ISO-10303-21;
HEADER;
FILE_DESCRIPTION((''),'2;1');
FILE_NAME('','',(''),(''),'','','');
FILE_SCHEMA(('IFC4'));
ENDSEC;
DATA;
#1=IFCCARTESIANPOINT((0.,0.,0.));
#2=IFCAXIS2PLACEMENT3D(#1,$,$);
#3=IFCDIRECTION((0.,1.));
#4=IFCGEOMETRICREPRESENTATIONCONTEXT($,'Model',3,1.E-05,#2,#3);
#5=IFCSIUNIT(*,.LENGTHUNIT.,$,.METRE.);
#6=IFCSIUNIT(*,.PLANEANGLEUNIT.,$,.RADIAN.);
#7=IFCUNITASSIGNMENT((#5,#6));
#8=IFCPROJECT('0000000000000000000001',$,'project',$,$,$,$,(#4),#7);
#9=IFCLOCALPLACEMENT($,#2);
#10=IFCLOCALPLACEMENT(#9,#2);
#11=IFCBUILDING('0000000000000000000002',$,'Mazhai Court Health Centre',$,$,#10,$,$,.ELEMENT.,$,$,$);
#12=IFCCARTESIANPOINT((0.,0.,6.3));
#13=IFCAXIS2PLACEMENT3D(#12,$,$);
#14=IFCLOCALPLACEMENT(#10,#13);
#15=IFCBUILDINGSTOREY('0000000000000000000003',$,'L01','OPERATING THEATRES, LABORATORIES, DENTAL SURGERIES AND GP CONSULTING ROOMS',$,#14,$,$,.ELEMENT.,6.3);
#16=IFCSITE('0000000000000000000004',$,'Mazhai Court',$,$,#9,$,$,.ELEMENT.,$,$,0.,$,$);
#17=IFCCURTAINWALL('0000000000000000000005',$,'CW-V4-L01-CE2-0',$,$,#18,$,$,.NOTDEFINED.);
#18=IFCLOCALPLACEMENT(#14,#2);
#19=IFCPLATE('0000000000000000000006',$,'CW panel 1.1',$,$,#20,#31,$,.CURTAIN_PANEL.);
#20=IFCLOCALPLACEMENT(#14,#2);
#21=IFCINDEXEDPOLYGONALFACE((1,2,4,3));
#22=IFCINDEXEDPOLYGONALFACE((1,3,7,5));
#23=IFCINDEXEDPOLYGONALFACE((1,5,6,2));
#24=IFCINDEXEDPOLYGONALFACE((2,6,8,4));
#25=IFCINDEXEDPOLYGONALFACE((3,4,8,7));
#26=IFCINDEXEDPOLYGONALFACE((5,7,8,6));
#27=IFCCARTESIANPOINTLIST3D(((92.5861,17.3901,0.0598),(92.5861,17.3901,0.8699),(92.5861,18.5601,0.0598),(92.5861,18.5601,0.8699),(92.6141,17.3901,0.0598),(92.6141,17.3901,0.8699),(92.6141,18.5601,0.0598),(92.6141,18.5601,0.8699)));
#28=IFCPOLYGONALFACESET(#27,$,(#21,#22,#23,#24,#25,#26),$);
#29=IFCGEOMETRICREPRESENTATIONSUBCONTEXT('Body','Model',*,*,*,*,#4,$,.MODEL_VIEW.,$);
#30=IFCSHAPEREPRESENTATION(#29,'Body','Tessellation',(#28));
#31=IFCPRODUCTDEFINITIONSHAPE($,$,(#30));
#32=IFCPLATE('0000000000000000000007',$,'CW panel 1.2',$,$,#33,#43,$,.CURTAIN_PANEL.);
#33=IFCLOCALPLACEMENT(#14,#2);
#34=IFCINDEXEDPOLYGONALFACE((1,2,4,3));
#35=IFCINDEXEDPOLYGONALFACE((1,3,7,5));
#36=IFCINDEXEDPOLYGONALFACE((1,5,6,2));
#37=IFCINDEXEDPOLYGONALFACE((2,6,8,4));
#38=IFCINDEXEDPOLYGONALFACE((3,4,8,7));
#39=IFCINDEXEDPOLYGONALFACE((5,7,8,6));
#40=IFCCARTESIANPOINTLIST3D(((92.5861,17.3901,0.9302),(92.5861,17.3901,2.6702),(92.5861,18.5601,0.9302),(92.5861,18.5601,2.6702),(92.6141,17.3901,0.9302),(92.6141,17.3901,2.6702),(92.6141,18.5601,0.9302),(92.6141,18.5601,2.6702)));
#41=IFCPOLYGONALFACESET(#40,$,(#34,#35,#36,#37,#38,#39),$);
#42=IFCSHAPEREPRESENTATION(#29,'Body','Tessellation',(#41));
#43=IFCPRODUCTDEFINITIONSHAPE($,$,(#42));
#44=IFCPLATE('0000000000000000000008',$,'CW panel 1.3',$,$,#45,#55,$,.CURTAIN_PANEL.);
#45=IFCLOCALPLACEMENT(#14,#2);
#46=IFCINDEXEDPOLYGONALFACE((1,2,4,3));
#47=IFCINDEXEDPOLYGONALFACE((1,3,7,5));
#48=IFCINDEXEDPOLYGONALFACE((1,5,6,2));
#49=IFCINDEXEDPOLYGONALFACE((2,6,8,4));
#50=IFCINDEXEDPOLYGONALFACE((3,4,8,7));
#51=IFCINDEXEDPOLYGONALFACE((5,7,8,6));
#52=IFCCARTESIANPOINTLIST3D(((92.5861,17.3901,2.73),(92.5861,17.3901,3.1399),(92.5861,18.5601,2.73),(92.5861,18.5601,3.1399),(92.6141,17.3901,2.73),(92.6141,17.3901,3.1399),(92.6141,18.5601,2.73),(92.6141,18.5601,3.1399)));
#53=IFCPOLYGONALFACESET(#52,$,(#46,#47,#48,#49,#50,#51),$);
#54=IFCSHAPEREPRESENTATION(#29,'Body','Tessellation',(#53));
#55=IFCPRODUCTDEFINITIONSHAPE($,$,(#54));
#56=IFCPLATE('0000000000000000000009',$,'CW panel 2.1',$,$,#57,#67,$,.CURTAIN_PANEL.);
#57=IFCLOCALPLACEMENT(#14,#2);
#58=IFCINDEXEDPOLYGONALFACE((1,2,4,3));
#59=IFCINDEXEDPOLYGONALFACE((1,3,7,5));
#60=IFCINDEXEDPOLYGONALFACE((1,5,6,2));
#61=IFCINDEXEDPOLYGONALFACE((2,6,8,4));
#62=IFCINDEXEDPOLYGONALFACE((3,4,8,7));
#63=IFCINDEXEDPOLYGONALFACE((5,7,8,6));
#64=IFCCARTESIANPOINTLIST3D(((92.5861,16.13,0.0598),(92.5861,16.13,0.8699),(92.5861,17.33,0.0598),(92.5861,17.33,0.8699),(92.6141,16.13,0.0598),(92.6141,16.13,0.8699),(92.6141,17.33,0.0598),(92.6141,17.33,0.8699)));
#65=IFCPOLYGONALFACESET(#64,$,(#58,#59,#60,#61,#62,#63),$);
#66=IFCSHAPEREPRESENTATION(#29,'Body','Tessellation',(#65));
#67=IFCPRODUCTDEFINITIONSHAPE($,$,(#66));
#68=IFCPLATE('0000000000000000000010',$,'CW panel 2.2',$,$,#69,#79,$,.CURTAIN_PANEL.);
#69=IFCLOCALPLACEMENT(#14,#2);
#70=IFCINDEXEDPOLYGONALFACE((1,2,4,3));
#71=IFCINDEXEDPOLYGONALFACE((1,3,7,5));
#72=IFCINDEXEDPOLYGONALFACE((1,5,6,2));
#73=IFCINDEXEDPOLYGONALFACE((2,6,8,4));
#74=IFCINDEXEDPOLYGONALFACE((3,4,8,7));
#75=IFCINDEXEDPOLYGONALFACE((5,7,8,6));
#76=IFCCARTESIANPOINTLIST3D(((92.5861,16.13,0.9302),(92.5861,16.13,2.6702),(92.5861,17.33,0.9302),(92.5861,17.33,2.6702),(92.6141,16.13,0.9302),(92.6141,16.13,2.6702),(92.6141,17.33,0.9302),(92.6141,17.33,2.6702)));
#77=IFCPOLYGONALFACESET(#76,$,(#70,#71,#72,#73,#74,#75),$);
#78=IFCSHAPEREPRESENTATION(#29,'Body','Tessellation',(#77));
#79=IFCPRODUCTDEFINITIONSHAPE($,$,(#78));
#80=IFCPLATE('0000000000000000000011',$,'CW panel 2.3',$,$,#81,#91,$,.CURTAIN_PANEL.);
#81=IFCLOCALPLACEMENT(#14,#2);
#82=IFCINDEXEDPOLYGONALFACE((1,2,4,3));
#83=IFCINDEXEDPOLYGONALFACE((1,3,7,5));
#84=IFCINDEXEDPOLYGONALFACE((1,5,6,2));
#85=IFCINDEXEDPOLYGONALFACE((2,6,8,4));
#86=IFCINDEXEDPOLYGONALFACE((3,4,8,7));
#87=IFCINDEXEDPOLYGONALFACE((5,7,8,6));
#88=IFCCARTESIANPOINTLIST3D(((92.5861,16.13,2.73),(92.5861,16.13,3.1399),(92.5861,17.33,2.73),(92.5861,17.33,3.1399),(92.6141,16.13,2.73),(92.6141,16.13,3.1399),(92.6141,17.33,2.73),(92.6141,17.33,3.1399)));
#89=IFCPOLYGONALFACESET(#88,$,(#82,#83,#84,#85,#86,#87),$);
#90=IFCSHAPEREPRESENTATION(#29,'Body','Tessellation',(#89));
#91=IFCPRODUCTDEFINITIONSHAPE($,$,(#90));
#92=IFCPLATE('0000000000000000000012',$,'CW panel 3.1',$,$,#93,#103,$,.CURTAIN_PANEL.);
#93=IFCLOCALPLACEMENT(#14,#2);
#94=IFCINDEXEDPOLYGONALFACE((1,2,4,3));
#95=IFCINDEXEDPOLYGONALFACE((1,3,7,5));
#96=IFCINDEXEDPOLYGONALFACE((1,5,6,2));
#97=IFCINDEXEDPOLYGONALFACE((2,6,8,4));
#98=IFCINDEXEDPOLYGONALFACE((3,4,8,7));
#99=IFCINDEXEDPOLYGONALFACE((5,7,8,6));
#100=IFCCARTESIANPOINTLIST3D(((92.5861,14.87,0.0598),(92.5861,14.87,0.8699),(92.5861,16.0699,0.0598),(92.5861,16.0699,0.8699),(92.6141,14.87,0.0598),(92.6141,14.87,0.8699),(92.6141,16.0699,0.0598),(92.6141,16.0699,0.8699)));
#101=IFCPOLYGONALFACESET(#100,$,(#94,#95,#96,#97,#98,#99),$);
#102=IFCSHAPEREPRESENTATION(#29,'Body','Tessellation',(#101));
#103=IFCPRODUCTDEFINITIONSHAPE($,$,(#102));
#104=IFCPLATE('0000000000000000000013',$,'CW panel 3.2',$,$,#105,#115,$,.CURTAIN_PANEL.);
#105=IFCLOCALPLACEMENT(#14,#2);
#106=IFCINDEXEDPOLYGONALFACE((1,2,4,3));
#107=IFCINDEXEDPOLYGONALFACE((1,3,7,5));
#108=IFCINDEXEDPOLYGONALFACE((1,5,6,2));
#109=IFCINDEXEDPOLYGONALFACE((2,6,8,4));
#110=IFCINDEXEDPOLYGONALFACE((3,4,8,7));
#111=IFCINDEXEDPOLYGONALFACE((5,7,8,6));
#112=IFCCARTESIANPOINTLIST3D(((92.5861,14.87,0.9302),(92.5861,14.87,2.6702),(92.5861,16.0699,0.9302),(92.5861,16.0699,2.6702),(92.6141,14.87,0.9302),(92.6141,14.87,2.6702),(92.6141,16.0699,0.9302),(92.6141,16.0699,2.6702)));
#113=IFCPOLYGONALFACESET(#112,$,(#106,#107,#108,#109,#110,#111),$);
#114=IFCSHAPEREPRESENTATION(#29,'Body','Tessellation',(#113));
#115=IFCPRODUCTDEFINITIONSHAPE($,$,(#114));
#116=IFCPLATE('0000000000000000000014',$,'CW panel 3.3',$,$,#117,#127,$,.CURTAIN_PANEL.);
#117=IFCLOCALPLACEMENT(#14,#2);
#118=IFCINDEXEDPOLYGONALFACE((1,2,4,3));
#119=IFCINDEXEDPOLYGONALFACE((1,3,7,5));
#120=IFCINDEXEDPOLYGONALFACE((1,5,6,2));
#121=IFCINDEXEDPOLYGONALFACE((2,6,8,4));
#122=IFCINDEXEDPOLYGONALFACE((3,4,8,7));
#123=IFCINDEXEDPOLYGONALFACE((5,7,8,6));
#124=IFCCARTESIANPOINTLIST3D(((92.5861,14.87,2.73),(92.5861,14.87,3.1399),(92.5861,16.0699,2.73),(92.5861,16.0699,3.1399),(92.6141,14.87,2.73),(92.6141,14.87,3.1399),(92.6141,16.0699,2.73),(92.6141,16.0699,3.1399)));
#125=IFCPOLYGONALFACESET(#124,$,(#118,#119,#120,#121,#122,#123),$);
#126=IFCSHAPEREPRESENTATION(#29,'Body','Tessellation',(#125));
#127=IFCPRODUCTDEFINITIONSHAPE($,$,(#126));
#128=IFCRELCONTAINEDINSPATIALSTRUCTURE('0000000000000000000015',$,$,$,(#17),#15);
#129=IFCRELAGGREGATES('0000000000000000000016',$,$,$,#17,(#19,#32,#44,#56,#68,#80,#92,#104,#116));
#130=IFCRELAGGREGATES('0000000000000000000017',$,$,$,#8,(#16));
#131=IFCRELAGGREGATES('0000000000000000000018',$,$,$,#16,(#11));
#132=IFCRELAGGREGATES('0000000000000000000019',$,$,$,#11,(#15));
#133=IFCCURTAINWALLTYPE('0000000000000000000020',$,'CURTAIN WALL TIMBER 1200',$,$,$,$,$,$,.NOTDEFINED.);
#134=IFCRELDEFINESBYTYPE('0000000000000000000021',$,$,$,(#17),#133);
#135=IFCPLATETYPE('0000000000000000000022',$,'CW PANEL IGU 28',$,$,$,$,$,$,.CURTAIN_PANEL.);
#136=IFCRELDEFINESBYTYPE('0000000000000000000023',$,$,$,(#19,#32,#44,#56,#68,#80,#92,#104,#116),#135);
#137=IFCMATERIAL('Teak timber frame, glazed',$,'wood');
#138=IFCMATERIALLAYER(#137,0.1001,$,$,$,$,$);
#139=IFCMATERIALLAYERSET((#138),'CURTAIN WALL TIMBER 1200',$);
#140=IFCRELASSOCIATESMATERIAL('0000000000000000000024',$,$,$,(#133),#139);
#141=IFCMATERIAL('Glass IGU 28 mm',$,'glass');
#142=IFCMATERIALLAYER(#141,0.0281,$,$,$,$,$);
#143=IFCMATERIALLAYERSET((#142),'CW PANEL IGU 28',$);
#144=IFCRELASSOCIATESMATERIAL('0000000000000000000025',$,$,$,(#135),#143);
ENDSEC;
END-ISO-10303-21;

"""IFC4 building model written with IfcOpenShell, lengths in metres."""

from ifc_helpers import new_model, si_unit, direction, frame, origin, origin_2d, place, context, subcontext, project, spatial, rectangle, extrude, material, layer, layer_set, type_object, element, aggregate, save


model = new_model("IFC4")

# Units and contexts
model_context = context("Model", 3, precision=1e-05, world=origin(), true_north=direction((0.0, 1.0)))
body_context = subcontext(model_context, "Body", "Model", "MODEL_VIEW")
ifc_project = project(units=[si_unit("LENGTHUNIT", "METRE"), si_unit("PLANEANGLEUNIT", "RADIAN")], contexts=[model_context])

# Site, building, storey
site_placement = place(None, origin())
site = spatial("IfcSite", under=ifc_project, at=site_placement, Name="Mazhai Court", CompositionType="ELEMENT", RefElevation=0.0)
building_placement = place(site_placement, origin())
building = spatial("IfcBuilding", under=site, at=building_placement, Name="Mazhai Court Health Centre", CompositionType="ELEMENT")
storey_placement = place(building_placement, frame((0.0, 0.0, 6.3)))
storey = spatial("IfcBuildingStorey", under=building, at=storey_placement, Name="L01", Description="OPERATING THEATRES, LABORATORIES, DENTAL SURGERIES AND GP CONSULTING ROOMS", CompositionType="ELEMENT", Elevation=6.3)

# Curtain wall, plates
ifc_material_1 = material(Name="Teak timber frame, glazed", Category="wood")
ifc_layer_1 = layer(ifc_material_1, 0.1001)
ifc_layer_set_1 = layer_set([ifc_layer_1], Name="CURTAIN WALL TIMBER 1200")
curtain_wall_type = type_object("IfcCurtainWallType", Name="CURTAIN WALL TIMBER 1200", PredefinedType="NOTDEFINED", material=ifc_layer_set_1)
curtain_wall_placement = place(storey_placement, origin())
curtain_wall = element("IfcCurtainWall", 1, at=curtain_wall_placement, inside=storey, type_object=curtain_wall_type, Name="CW-V4-L01-CE2-0", PredefinedType="NOTDEFINED")
ifc_material_2 = material(Name="Glass IGU 28 mm", Category="glass")
ifc_layer_2 = layer(ifc_material_2, 0.0281)
ifc_layer_set_2 = layer_set([ifc_layer_2], Name="CW PANEL IGU 28")
plate_type = type_object("IfcPlateType", Name="CW PANEL IGU 28", PredefinedType="CURTAIN_PANEL", material=ifc_layer_set_2)
plate_1_placement = place(storey_placement, frame((92.6001, 17.9751, 0.0598), z_axis=(0.0, 0.0, 1.0), x_axis=(0.0, -1.0, 0.0)))
plate_1 = element("IfcPlate", 2, at=plate_1_placement, type_object=plate_type, Name="CW panel 1.1", PredefinedType="CURTAIN_PANEL", context=body_context, shape_type="SweptSolid", body=[
    extrude(rectangle(XDim=1.1699, YDim=0.0281, at=origin_2d()), origin(), (0.0, 0.0, 1.0), 0.8101),
])
plate_2_placement = place(storey_placement, frame((92.6001, 17.9751, 0.9302), z_axis=(0.0, 0.0, 1.0), x_axis=(0.0, -1.0, 0.0)))
plate_2 = element("IfcPlate", 3, at=plate_2_placement, type_object=plate_type, Name="CW panel 1.2", PredefinedType="CURTAIN_PANEL", context=body_context, shape_type="SweptSolid", body=[
    extrude(rectangle(XDim=1.1699, YDim=0.0281, at=origin_2d()), origin(), (0.0, 0.0, 1.0), 1.74),
])
plate_3_placement = place(storey_placement, frame((92.6001, 17.9751, 2.73), z_axis=(0.0, 0.0, 1.0), x_axis=(0.0, -1.0, 0.0)))
plate_3 = element("IfcPlate", 4, at=plate_3_placement, type_object=plate_type, Name="CW panel 1.3", PredefinedType="CURTAIN_PANEL", context=body_context, shape_type="SweptSolid", body=[
    extrude(rectangle(XDim=1.1699, YDim=0.0281, at=origin_2d()), origin(), (0.0, 0.0, 1.0), 0.4099),
])
plate_4_placement = place(storey_placement, frame((92.6001, 16.73, 0.0598), z_axis=(0.0, 0.0, 1.0), x_axis=(0.0, -1.0, 0.0)))
plate_4 = element("IfcPlate", 5, at=plate_4_placement, type_object=plate_type, Name="CW panel 2.1", PredefinedType="CURTAIN_PANEL", context=body_context, shape_type="SweptSolid", body=[
    extrude(rectangle(XDim=1.2, YDim=0.0281, at=origin_2d()), origin(), (0.0, 0.0, 1.0), 0.8101),
])
plate_5_placement = place(storey_placement, frame((92.6001, 16.73, 0.9302), z_axis=(0.0, 0.0, 1.0), x_axis=(0.0, -1.0, 0.0)))
plate_5 = element("IfcPlate", 6, at=plate_5_placement, type_object=plate_type, Name="CW panel 2.2", PredefinedType="CURTAIN_PANEL", context=body_context, shape_type="SweptSolid", body=[
    extrude(rectangle(XDim=1.2, YDim=0.0281, at=origin_2d()), origin(), (0.0, 0.0, 1.0), 1.74),
])
plate_6_placement = place(storey_placement, frame((92.6001, 16.73, 2.73), z_axis=(0.0, 0.0, 1.0), x_axis=(0.0, -1.0, 0.0)))
plate_6 = element("IfcPlate", 7, at=plate_6_placement, type_object=plate_type, Name="CW panel 2.3", PredefinedType="CURTAIN_PANEL", context=body_context, shape_type="SweptSolid", body=[
    extrude(rectangle(XDim=1.2, YDim=0.0281, at=origin_2d()), origin(), (0.0, 0.0, 1.0), 0.4099),
])
plate_7_placement = place(storey_placement, frame((92.6001, 15.47, 0.0598), z_axis=(0.0, 0.0, 1.0), x_axis=(0.0, -1.0, 0.0)))
plate_7 = element("IfcPlate", 8, at=plate_7_placement, type_object=plate_type, Name="CW panel 3.1", PredefinedType="CURTAIN_PANEL", context=body_context, shape_type="SweptSolid", body=[
    extrude(rectangle(XDim=1.2, YDim=0.0281, at=origin_2d()), origin(), (0.0, 0.0, 1.0), 0.8101),
])
plate_8_placement = place(storey_placement, frame((92.6001, 15.47, 0.9302), z_axis=(0.0, 0.0, 1.0), x_axis=(0.0, -1.0, 0.0)))
plate_8 = element("IfcPlate", 9, at=plate_8_placement, type_object=plate_type, Name="CW panel 3.2", PredefinedType="CURTAIN_PANEL", context=body_context, shape_type="SweptSolid", body=[
    extrude(rectangle(XDim=1.2, YDim=0.0281, at=origin_2d()), origin(), (0.0, 0.0, 1.0), 1.74),
])
plate_9_placement = place(storey_placement, frame((92.6001, 15.47, 2.73), z_axis=(0.0, 0.0, 1.0), x_axis=(0.0, -1.0, 0.0)))
plate_9 = element("IfcPlate", 10, at=plate_9_placement, type_object=plate_type, Name="CW panel 3.3", PredefinedType="CURTAIN_PANEL", context=body_context, shape_type="SweptSolid", body=[
    extrude(rectangle(XDim=1.2, YDim=0.0281, at=origin_2d()), origin(), (0.0, 0.0, 1.0), 0.4099),
])
aggregate(curtain_wall, [plate_1, plate_2, plate_3, plate_4, plate_5, plate_6, plate_7, plate_8, plate_9])

save(model, "model.ifc")
